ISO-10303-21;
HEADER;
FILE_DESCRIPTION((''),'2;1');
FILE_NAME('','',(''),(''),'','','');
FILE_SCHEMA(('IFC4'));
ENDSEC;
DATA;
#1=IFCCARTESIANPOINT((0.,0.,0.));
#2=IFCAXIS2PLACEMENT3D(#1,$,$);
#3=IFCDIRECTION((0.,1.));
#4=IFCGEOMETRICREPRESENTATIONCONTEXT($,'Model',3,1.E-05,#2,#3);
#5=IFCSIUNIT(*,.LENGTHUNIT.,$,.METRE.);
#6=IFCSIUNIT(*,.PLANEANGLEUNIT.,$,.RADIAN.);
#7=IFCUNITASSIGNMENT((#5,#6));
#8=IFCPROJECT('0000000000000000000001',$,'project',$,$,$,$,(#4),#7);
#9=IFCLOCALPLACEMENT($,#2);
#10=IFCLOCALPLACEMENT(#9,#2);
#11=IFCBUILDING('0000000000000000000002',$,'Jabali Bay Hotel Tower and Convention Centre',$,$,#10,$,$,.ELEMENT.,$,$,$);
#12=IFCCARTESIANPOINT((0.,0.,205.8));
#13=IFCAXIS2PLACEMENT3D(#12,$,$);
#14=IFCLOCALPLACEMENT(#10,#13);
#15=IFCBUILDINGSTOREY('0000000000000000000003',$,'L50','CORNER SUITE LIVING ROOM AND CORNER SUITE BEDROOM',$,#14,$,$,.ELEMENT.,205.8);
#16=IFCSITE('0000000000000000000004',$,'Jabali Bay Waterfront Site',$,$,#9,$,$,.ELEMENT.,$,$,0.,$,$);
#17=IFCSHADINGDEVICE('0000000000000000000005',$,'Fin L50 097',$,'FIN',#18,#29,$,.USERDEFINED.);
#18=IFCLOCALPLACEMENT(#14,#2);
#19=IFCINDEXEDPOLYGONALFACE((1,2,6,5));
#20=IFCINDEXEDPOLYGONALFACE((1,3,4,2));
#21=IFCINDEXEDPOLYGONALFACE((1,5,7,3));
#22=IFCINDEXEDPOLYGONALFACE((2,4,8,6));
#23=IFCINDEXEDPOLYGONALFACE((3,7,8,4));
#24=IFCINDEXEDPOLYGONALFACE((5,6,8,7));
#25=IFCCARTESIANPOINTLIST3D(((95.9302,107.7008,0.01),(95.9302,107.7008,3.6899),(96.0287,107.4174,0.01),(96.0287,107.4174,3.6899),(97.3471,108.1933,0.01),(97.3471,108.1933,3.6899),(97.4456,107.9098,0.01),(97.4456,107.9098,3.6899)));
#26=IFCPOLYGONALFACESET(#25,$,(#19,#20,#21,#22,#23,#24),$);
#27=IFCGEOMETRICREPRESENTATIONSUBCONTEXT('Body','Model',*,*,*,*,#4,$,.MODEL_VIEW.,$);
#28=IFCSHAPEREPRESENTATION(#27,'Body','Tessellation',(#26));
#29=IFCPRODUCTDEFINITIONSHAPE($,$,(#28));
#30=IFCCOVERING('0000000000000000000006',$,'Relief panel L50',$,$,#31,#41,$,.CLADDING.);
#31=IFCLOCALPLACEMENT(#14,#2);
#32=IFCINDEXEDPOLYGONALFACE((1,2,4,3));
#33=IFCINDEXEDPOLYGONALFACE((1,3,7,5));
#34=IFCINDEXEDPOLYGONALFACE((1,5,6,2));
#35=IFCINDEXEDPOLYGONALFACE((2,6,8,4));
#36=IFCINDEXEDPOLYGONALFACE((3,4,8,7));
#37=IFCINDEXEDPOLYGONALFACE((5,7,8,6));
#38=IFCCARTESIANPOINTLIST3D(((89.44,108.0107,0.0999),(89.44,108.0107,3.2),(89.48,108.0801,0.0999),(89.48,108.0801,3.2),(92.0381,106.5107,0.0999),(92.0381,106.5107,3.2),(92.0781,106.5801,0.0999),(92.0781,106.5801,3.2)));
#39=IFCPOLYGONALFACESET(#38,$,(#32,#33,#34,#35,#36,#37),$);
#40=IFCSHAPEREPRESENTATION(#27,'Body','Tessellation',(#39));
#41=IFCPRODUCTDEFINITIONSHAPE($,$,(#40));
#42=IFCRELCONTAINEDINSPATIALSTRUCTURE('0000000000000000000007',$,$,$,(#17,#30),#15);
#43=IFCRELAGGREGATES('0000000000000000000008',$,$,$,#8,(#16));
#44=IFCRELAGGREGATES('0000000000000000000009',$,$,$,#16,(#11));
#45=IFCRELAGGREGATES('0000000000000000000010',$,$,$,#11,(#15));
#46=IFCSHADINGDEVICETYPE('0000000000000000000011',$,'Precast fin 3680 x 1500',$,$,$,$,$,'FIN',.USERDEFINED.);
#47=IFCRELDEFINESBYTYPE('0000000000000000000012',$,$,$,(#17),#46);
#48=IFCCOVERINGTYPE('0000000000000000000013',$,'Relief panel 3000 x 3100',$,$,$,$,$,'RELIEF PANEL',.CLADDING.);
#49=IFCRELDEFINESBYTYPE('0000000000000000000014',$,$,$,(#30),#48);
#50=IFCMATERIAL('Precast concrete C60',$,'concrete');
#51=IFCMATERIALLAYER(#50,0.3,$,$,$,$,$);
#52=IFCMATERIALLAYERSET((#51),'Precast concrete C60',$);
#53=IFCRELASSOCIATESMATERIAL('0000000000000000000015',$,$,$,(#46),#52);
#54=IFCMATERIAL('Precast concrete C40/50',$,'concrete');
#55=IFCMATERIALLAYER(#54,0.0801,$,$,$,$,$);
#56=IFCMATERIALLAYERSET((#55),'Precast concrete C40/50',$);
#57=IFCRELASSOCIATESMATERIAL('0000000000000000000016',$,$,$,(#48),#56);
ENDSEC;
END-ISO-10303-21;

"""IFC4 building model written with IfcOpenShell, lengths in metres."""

from ifc_helpers import new_model, si_unit, direction, frame, frame_2d, origin, origin_2d, place, context, subcontext, project, spatial, rectangle, extrude, material, layer, layer_set, type_object, element, save


model = new_model("IFC4")

# Units and contexts
model_context = context("Model", 3, precision=1e-05, world=origin(), true_north=direction((0.0, 1.0)))
body_context = subcontext(model_context, "Body", "Model", "MODEL_VIEW")
ifc_project = project(units=[si_unit("LENGTHUNIT", "METRE"), si_unit("PLANEANGLEUNIT", "RADIAN")], contexts=[model_context])

# Site, building, storey
site_placement = place(None, origin())
site = spatial("IfcSite", under=ifc_project, at=site_placement, Name="Jabali Bay Waterfront Site", CompositionType="ELEMENT", RefElevation=0.0)
building_placement = place(site_placement, origin())
building = spatial("IfcBuilding", under=site, at=building_placement, Name="Jabali Bay Hotel Tower and Convention Centre", CompositionType="ELEMENT")
storey_placement = place(building_placement, frame((0.0, 0.0, 205.8)))
storey = spatial("IfcBuildingStorey", under=building, at=storey_placement, Name="L50", Description="CORNER SUITE LIVING ROOM AND CORNER SUITE BEDROOM", CompositionType="ELEMENT", Elevation=205.8)

# Shading device
ifc_material_1 = material(Name="Precast concrete C60", Category="concrete")
ifc_layer_1 = layer(ifc_material_1, 0.3)
ifc_layer_set_1 = layer_set([ifc_layer_1], Name="Precast concrete C60")
shading_device_type = type_object("IfcShadingDeviceType", Name="Precast fin 3680 x 1500", ElementType="FIN", PredefinedType="USERDEFINED", material=ifc_layer_set_1)
for number, where, z_axis, x_axis, name in (
    (1, (95.9795, 107.5591, 0.01), (0.0, 0.0, 1.0), (0.944569, 0.328312, 0.0), "Fin L50 097"),
):
    element("IfcShadingDevice", number, at=place(storey_placement, frame(where, z_axis=z_axis, x_axis=x_axis)), inside=storey, type_object=shading_device_type, Name=name, ObjectType="FIN", PredefinedType="USERDEFINED", context=body_context, shape_type="SweptSolid", body=[
        extrude(rectangle(XDim=1.5, YDim=0.3, at=frame_2d((0.75, 0.0))), origin(), (0.0, 0.0, 1.0), 3.6799),
    ])

# Covering
ifc_material_2 = material(Name="Precast concrete C40/50", Category="concrete")
ifc_layer_2 = layer(ifc_material_2, 0.0801)
ifc_layer_set_2 = layer_set([ifc_layer_2], Name="Precast concrete C40/50")
covering_type = type_object("IfcCoveringType", Name="Relief panel 3000 x 3100", ElementType="RELIEF PANEL", PredefinedType="CLADDING", material=ifc_layer_set_2)
covering_placement = place(storey_placement, frame((90.759, 107.2954, 0.0999), z_axis=(0.0, 0.0, 1.0), x_axis=(0.866025, -0.5, 0.0)))
element("IfcCovering", 2, at=covering_placement, inside=storey, type_object=covering_type, Name="Relief panel L50", PredefinedType="CLADDING", context=body_context, shape_type="SweptSolid", body=[
    extrude(rectangle(XDim=3.0, YDim=0.0801, at=origin_2d()), origin(), (0.0, 0.0, 1.0), 3.1001),
])

save(model, "model.ifc")
